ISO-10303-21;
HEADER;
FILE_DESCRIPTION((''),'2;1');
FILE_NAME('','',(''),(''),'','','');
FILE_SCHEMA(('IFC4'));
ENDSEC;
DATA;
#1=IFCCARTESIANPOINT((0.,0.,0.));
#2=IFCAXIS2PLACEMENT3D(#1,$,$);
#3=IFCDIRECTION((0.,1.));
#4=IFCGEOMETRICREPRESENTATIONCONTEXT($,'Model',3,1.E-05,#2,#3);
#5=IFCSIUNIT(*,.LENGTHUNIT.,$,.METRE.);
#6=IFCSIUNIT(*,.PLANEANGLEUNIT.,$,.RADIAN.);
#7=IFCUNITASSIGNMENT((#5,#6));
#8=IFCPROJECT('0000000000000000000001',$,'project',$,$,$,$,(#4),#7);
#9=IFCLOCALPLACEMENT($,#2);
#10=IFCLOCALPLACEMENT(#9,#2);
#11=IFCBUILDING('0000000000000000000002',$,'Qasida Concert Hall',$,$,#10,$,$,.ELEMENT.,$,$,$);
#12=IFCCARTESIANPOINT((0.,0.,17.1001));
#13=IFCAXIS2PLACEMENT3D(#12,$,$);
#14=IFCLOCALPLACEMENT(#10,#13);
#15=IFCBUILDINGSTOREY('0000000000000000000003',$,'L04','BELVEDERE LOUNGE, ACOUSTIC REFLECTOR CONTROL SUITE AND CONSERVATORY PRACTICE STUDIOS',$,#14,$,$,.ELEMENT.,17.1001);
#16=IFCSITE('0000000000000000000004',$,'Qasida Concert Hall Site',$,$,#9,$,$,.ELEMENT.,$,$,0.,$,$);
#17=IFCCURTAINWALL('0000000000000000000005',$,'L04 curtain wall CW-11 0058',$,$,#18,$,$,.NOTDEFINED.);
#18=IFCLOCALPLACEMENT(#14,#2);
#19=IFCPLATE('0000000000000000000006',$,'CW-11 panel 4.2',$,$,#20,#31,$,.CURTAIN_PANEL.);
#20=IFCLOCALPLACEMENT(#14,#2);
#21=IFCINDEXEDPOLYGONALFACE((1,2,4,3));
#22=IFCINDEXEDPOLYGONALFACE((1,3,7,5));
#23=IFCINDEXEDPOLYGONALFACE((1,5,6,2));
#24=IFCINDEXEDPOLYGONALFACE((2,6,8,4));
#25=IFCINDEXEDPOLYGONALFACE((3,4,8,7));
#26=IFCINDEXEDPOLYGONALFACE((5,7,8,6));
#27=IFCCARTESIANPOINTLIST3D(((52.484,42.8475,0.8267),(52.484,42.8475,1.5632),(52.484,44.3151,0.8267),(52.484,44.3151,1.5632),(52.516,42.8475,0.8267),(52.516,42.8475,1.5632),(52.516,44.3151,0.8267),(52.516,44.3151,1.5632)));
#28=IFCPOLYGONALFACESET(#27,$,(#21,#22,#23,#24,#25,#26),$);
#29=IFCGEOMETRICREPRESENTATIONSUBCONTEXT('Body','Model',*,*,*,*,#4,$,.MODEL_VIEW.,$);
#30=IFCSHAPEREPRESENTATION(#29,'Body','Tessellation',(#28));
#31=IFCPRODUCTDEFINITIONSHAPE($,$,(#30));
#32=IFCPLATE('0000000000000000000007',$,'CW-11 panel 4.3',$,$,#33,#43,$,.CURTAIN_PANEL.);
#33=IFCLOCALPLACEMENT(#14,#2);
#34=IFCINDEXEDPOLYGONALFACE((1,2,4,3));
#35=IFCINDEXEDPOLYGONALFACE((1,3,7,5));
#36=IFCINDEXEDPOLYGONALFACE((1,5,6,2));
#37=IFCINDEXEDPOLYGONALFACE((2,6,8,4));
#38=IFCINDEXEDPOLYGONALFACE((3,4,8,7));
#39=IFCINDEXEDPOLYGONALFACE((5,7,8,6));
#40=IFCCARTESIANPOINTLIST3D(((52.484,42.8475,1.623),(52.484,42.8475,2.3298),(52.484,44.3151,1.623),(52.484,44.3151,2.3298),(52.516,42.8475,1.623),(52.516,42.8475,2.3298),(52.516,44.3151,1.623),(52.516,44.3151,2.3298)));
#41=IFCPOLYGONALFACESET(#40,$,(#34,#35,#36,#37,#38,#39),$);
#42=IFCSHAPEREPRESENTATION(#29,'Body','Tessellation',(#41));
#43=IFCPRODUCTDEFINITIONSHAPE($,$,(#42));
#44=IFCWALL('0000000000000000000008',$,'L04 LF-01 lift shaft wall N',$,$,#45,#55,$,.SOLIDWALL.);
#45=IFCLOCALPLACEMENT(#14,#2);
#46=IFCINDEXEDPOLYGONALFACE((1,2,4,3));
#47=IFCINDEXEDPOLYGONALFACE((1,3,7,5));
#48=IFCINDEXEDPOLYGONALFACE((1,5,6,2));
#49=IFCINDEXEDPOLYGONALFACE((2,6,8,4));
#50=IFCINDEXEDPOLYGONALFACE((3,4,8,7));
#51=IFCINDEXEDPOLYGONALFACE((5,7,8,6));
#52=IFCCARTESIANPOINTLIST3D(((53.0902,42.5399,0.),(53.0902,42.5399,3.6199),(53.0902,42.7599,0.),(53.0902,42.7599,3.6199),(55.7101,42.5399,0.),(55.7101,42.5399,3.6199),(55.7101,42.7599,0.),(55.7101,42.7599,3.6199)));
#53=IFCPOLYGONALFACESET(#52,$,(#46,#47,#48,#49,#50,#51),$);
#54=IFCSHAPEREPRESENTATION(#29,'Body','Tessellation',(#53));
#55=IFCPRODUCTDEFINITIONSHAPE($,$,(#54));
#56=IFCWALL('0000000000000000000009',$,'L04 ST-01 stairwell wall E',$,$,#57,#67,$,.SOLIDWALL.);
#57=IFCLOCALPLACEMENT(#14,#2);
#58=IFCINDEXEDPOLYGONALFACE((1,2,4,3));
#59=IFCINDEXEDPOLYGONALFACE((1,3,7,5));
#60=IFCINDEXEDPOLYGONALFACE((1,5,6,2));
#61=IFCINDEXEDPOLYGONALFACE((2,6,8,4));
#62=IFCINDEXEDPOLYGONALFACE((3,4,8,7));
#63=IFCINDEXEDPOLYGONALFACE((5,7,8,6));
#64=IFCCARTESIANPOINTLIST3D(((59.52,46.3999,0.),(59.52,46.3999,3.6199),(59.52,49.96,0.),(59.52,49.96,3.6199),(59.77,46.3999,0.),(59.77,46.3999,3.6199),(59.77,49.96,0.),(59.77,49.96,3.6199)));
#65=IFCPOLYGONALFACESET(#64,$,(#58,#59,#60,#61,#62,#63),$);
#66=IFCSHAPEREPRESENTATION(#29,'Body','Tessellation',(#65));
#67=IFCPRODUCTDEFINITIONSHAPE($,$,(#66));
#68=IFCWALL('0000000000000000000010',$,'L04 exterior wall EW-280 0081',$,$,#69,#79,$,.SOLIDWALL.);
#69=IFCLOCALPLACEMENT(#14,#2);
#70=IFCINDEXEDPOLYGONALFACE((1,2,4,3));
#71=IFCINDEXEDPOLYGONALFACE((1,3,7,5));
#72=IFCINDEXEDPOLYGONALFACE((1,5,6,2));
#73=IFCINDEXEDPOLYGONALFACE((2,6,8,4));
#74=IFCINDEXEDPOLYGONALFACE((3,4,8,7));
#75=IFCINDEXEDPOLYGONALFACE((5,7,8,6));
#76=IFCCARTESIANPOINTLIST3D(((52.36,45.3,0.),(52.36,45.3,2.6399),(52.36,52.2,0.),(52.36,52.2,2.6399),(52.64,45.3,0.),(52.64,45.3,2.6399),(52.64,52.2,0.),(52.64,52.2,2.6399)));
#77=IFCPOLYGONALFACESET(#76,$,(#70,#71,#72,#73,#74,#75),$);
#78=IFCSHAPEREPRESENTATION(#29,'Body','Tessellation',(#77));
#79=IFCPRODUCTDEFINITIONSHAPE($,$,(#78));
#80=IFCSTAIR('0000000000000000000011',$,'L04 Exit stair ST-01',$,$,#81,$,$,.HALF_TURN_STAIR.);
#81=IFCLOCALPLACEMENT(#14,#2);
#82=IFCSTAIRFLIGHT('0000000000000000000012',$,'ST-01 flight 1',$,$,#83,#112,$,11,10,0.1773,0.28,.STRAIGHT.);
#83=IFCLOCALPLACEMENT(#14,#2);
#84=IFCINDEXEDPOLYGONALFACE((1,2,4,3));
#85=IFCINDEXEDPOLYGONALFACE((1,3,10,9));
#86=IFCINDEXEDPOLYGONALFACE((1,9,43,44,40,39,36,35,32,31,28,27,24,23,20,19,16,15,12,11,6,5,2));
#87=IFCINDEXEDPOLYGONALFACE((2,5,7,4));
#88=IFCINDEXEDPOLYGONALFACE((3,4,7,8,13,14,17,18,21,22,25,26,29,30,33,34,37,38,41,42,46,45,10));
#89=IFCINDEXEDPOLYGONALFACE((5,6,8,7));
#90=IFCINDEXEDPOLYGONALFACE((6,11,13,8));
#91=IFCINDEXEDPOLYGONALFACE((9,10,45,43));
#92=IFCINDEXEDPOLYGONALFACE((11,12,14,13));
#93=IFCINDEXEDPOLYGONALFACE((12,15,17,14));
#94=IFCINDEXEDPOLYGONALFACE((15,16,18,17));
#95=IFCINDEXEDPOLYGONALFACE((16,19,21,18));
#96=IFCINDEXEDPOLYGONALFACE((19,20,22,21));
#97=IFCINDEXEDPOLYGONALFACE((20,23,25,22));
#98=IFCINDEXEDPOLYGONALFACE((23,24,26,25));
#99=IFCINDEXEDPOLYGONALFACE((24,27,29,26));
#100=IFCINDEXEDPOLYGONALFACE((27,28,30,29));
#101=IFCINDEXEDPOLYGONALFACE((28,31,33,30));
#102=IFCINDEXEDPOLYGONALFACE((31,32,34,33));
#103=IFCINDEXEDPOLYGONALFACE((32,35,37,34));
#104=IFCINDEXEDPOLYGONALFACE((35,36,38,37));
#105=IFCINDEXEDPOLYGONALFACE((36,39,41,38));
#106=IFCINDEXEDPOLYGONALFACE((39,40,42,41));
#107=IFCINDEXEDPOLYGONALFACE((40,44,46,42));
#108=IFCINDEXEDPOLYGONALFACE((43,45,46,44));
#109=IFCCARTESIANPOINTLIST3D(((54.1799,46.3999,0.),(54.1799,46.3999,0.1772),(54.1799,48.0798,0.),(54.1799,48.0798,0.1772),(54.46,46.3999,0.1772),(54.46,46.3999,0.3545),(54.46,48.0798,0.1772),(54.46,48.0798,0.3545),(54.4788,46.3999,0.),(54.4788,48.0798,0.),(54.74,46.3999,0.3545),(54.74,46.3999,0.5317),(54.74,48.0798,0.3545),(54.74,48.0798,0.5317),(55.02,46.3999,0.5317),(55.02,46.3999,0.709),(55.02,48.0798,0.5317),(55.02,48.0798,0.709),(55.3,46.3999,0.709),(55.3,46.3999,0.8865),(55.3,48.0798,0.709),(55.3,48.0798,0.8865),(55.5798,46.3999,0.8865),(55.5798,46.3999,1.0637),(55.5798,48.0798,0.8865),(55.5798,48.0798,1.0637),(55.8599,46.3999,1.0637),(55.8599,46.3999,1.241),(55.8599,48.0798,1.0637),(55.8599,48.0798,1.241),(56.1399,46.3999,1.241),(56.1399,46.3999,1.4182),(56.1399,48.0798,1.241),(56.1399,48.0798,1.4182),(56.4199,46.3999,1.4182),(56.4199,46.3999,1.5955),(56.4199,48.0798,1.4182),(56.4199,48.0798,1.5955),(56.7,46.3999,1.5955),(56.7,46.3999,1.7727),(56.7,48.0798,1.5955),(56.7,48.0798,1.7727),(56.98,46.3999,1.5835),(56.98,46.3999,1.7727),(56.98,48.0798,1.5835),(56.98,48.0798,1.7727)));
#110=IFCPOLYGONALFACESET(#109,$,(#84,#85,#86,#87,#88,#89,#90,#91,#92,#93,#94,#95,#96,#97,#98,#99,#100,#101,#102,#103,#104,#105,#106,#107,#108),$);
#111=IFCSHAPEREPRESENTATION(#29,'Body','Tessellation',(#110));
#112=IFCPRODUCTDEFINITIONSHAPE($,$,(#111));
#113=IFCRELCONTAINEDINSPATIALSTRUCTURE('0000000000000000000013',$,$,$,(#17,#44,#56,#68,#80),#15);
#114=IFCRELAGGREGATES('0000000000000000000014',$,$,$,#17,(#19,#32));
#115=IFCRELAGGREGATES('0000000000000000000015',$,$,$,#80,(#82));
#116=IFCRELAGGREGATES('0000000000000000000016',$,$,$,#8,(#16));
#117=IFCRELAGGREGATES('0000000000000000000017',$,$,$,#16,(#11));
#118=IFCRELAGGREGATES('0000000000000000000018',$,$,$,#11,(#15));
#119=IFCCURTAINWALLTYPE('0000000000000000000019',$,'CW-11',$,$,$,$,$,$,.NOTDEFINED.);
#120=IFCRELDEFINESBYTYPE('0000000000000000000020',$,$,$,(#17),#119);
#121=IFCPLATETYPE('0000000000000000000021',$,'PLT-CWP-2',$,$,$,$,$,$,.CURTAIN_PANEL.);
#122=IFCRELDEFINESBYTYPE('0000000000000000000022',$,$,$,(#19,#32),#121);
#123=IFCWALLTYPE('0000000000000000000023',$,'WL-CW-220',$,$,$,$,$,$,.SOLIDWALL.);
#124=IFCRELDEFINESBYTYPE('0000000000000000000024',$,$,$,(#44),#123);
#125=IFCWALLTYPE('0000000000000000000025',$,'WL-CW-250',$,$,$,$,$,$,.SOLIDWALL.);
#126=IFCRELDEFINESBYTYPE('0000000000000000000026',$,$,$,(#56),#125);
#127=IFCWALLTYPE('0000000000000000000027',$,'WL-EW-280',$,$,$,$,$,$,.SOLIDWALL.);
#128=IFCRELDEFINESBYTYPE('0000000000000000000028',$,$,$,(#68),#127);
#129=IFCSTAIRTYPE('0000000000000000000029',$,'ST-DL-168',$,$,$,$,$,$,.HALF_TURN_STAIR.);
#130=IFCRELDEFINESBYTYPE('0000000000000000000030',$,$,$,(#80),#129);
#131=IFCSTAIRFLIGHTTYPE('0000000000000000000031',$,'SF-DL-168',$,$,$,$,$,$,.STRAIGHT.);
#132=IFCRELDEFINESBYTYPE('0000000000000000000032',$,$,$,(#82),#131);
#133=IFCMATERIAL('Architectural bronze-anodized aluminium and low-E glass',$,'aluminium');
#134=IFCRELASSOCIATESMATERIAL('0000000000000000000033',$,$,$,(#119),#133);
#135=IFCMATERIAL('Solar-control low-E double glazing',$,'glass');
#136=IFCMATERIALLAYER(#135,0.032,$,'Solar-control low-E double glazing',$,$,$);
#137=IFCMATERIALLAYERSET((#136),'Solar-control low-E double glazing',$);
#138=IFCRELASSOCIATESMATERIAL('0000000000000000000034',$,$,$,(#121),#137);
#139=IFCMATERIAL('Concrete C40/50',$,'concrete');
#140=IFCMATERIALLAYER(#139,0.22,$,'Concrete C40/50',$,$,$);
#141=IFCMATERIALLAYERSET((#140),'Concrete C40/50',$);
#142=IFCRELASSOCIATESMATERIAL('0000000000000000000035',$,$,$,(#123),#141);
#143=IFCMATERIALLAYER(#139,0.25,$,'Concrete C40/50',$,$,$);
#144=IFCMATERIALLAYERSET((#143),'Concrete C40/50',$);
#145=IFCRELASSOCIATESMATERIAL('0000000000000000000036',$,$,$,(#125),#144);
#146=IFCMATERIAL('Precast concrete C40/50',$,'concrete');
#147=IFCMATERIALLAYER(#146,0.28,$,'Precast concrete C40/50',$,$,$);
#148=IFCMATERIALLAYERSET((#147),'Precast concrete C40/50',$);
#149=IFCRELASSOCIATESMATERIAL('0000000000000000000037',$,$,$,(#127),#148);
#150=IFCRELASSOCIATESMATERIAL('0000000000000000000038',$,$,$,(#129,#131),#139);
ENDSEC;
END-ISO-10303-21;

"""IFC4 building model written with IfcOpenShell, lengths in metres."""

from ifc_helpers import new_model, si_unit, direction, frame, frame_2d, origin, origin_2d, place, context, subcontext, project, spatial, polyline, rectangle, outline, extrude, material, layer, layer_set, type_object, element, aggregate, save


model = new_model("IFC4")

# Units and contexts
model_context = context("Model", 3, precision=1e-05, world=origin(), true_north=direction((0.0, 1.0)))
body_context = subcontext(model_context, "Body", "Model", "MODEL_VIEW")
ifc_project = project(units=[si_unit("LENGTHUNIT", "METRE"), si_unit("PLANEANGLEUNIT", "RADIAN")], contexts=[model_context])

# Site, building, storey
site_placement = place(None, origin())
site = spatial("IfcSite", under=ifc_project, at=site_placement, Name="Qasida Concert Hall Site", CompositionType="ELEMENT", RefElevation=0.0)
building_placement = place(site_placement, origin())
building = spatial("IfcBuilding", under=site, at=building_placement, Name="Qasida Concert Hall", CompositionType="ELEMENT")
storey_placement = place(building_placement, frame((0.0, 0.0, 17.1001)))
storey = spatial("IfcBuildingStorey", under=building, at=storey_placement, Name="L04", Description="BELVEDERE LOUNGE, ACOUSTIC REFLECTOR CONTROL SUITE AND CONSERVATORY PRACTICE STUDIOS", CompositionType="ELEMENT", Elevation=17.1001)

# Shared definitions
ifc_material_1 = material(Name="Concrete C40/50", Category="concrete")

# Curtain wall, plates
ifc_material_2 = material(Name="Architectural bronze-anodized aluminium and low-E glass", Category="aluminium")
curtain_wall_type = type_object("IfcCurtainWallType", Name="CW-11", PredefinedType="NOTDEFINED", material=ifc_material_2)
curtain_wall_placement = place(storey_placement, origin())
curtain_wall = element("IfcCurtainWall", 1, at=curtain_wall_placement, inside=storey, type_object=curtain_wall_type, Name="L04 curtain wall CW-11 0058", PredefinedType="NOTDEFINED")
ifc_material_3 = material(Name="Solar-control low-E double glazing", Category="glass")
ifc_layer_1 = layer(ifc_material_3, 0.032, Name="Solar-control low-E double glazing")
ifc_layer_set_1 = layer_set([ifc_layer_1], Name="Solar-control low-E double glazing")
plate_type = type_object("IfcPlateType", Name="PLT-CWP-2", PredefinedType="CURTAIN_PANEL", material=ifc_layer_set_1)
plate_1_placement = place(storey_placement, frame((52.5, 43.5813, 0.8267), z_axis=(0.0, 0.0, 1.0), x_axis=(0.0, 1.0, 0.0)))
plate_1 = element("IfcPlate", 2, at=plate_1_placement, type_object=plate_type, Name="CW-11 panel 4.2", PredefinedType="CURTAIN_PANEL", context=body_context, shape_type="SweptSolid", body=[
    extrude(rectangle(XDim=1.4675, YDim=0.032, at=origin_2d()), origin(), (0.0, 0.0, 1.0), 0.7366),
])
plate_2_placement = place(storey_placement, frame((52.5, 43.5813, 1.623), z_axis=(0.0, 0.0, 1.0), x_axis=(0.0, 1.0, 0.0)))
plate_2 = element("IfcPlate", 3, at=plate_2_placement, type_object=plate_type, Name="CW-11 panel 4.3", PredefinedType="CURTAIN_PANEL", context=body_context, shape_type="SweptSolid", body=[
    extrude(rectangle(XDim=1.4675, YDim=0.032, at=origin_2d()), origin(), (0.0, 0.0, 1.0), 0.7068),
])
aggregate(curtain_wall, [plate_1, plate_2])

# Walls
ifc_layer_2 = layer(ifc_material_1, 0.22, Name="Concrete C40/50")
ifc_layer_set_2 = layer_set([ifc_layer_2], Name="Concrete C40/50")
wall_type_1 = type_object("IfcWallType", Name="WL-CW-220", PredefinedType="SOLIDWALL", material=ifc_layer_set_2)
wall_1_placement = place(storey_placement, frame((53.0901, 42.6499, 0.0), z_axis=(0.0, 0.0, 1.0), x_axis=(1.0, 0.0, 0.0)))
element("IfcWall", 4, at=wall_1_placement, inside=storey, type_object=wall_type_1, Name="L04 LF-01 lift shaft wall N", PredefinedType="SOLIDWALL", context=body_context, shape_type="SweptSolid", body=[
    extrude(rectangle(XDim=2.6199, YDim=0.22, at=frame_2d((1.3101, 0.0))), origin(), (0.0, 0.0, 1.0), 3.6199),
])
ifc_layer_3 = layer(ifc_material_1, 0.25, Name="Concrete C40/50")
ifc_layer_set_3 = layer_set([ifc_layer_3], Name="Concrete C40/50")
wall_type_2 = type_object("IfcWallType", Name="WL-CW-250", PredefinedType="SOLIDWALL", material=ifc_layer_set_3)
wall_2_placement = place(storey_placement, frame((59.645, 46.3999, 0.0), z_axis=(0.0, 0.0, 1.0), x_axis=(0.0, 1.0, 0.0)))
element("IfcWall", 5, at=wall_2_placement, inside=storey, type_object=wall_type_2, Name="L04 ST-01 stairwell wall E", PredefinedType="SOLIDWALL", context=body_context, shape_type="SweptSolid", body=[
    extrude(rectangle(XDim=3.5601, YDim=0.25, at=frame_2d((1.78, 0.0))), origin(), (0.0, 0.0, 1.0), 3.6199),
])
ifc_material_4 = material(Name="Precast concrete C40/50", Category="concrete")
ifc_layer_4 = layer(ifc_material_4, 0.28, Name="Precast concrete C40/50")
ifc_layer_set_4 = layer_set([ifc_layer_4], Name="Precast concrete C40/50")
wall_type_3 = type_object("IfcWallType", Name="WL-EW-280", PredefinedType="SOLIDWALL", material=ifc_layer_set_4)
wall_3_placement = place(storey_placement, frame((52.5, 45.3, 0.0), z_axis=(0.0, 0.0, 1.0), x_axis=(0.0, 1.0, 0.0)))
element("IfcWall", 6, at=wall_3_placement, inside=storey, type_object=wall_type_3, Name="L04 exterior wall EW-280 0081", PredefinedType="SOLIDWALL", context=body_context, shape_type="SweptSolid", body=[
    extrude(rectangle(XDim=6.8999, YDim=0.28, at=frame_2d((3.45, 0.0))), origin(), (0.0, 0.0, 1.0), 2.6399),
])

# Stair, stair flight
stair_type = type_object("IfcStairType", Name="ST-DL-168", PredefinedType="HALF_TURN_STAIR", material=ifc_material_1)
stair_placement = place(storey_placement, origin())
stair = element("IfcStair", 7, at=stair_placement, inside=storey, type_object=stair_type, Name="L04 Exit stair ST-01", PredefinedType="HALF_TURN_STAIR")
stair_flight_type = type_object("IfcStairFlightType", Name="SF-DL-168", PredefinedType="STRAIGHT", material=ifc_material_1)
stair_flight_placement = place(storey_placement, frame((54.1799, 47.24, 0.0), z_axis=(0.0, 0.0, 1.0), x_axis=(1.0, 0.0, 0.0)))
stair_flight = element("IfcStairFlight", 8, at=stair_flight_placement, type_object=stair_flight_type, Name="ST-01 flight 1", NumberOfRisers=11, NumberOfTreads=10, PredefinedType="STRAIGHT", RiserHeight=0.1773, TreadLength=0.28, context=body_context, shape_type="SweptSolid", body=[
    extrude(outline(polyline([(0.0, 0.0), (0.0, 0.1772), (0.28, 0.1772), (0.28, 0.3545), (0.5601, 0.3545), (0.5601, 0.5317), (0.8401, 0.5317), (0.8401, 0.709), (1.1201, 0.709), (1.1201, 0.8865), (1.3999, 0.8865), (1.3999, 1.0637), (1.6799, 1.0637), (1.6799, 1.241), (1.96, 1.241), (1.96, 1.4182), (2.24, 1.4182), (2.24, 1.5955), (2.52, 1.5955), (2.52, 1.7727), (2.8, 1.7727), (2.8, 1.95), (2.8, 1.5835), (0.2988, 0.0), (0.0, 0.0)])), frame((0.0, 0.8398, 0.0), z_axis=(0.0, -1.0, 0.0), x_axis=(1.0, 0.0, 0.0)), (0.0, 0.0, 1.0), 1.6799),
])
aggregate(stair, [stair_flight])

save(model, "model.ifc")
